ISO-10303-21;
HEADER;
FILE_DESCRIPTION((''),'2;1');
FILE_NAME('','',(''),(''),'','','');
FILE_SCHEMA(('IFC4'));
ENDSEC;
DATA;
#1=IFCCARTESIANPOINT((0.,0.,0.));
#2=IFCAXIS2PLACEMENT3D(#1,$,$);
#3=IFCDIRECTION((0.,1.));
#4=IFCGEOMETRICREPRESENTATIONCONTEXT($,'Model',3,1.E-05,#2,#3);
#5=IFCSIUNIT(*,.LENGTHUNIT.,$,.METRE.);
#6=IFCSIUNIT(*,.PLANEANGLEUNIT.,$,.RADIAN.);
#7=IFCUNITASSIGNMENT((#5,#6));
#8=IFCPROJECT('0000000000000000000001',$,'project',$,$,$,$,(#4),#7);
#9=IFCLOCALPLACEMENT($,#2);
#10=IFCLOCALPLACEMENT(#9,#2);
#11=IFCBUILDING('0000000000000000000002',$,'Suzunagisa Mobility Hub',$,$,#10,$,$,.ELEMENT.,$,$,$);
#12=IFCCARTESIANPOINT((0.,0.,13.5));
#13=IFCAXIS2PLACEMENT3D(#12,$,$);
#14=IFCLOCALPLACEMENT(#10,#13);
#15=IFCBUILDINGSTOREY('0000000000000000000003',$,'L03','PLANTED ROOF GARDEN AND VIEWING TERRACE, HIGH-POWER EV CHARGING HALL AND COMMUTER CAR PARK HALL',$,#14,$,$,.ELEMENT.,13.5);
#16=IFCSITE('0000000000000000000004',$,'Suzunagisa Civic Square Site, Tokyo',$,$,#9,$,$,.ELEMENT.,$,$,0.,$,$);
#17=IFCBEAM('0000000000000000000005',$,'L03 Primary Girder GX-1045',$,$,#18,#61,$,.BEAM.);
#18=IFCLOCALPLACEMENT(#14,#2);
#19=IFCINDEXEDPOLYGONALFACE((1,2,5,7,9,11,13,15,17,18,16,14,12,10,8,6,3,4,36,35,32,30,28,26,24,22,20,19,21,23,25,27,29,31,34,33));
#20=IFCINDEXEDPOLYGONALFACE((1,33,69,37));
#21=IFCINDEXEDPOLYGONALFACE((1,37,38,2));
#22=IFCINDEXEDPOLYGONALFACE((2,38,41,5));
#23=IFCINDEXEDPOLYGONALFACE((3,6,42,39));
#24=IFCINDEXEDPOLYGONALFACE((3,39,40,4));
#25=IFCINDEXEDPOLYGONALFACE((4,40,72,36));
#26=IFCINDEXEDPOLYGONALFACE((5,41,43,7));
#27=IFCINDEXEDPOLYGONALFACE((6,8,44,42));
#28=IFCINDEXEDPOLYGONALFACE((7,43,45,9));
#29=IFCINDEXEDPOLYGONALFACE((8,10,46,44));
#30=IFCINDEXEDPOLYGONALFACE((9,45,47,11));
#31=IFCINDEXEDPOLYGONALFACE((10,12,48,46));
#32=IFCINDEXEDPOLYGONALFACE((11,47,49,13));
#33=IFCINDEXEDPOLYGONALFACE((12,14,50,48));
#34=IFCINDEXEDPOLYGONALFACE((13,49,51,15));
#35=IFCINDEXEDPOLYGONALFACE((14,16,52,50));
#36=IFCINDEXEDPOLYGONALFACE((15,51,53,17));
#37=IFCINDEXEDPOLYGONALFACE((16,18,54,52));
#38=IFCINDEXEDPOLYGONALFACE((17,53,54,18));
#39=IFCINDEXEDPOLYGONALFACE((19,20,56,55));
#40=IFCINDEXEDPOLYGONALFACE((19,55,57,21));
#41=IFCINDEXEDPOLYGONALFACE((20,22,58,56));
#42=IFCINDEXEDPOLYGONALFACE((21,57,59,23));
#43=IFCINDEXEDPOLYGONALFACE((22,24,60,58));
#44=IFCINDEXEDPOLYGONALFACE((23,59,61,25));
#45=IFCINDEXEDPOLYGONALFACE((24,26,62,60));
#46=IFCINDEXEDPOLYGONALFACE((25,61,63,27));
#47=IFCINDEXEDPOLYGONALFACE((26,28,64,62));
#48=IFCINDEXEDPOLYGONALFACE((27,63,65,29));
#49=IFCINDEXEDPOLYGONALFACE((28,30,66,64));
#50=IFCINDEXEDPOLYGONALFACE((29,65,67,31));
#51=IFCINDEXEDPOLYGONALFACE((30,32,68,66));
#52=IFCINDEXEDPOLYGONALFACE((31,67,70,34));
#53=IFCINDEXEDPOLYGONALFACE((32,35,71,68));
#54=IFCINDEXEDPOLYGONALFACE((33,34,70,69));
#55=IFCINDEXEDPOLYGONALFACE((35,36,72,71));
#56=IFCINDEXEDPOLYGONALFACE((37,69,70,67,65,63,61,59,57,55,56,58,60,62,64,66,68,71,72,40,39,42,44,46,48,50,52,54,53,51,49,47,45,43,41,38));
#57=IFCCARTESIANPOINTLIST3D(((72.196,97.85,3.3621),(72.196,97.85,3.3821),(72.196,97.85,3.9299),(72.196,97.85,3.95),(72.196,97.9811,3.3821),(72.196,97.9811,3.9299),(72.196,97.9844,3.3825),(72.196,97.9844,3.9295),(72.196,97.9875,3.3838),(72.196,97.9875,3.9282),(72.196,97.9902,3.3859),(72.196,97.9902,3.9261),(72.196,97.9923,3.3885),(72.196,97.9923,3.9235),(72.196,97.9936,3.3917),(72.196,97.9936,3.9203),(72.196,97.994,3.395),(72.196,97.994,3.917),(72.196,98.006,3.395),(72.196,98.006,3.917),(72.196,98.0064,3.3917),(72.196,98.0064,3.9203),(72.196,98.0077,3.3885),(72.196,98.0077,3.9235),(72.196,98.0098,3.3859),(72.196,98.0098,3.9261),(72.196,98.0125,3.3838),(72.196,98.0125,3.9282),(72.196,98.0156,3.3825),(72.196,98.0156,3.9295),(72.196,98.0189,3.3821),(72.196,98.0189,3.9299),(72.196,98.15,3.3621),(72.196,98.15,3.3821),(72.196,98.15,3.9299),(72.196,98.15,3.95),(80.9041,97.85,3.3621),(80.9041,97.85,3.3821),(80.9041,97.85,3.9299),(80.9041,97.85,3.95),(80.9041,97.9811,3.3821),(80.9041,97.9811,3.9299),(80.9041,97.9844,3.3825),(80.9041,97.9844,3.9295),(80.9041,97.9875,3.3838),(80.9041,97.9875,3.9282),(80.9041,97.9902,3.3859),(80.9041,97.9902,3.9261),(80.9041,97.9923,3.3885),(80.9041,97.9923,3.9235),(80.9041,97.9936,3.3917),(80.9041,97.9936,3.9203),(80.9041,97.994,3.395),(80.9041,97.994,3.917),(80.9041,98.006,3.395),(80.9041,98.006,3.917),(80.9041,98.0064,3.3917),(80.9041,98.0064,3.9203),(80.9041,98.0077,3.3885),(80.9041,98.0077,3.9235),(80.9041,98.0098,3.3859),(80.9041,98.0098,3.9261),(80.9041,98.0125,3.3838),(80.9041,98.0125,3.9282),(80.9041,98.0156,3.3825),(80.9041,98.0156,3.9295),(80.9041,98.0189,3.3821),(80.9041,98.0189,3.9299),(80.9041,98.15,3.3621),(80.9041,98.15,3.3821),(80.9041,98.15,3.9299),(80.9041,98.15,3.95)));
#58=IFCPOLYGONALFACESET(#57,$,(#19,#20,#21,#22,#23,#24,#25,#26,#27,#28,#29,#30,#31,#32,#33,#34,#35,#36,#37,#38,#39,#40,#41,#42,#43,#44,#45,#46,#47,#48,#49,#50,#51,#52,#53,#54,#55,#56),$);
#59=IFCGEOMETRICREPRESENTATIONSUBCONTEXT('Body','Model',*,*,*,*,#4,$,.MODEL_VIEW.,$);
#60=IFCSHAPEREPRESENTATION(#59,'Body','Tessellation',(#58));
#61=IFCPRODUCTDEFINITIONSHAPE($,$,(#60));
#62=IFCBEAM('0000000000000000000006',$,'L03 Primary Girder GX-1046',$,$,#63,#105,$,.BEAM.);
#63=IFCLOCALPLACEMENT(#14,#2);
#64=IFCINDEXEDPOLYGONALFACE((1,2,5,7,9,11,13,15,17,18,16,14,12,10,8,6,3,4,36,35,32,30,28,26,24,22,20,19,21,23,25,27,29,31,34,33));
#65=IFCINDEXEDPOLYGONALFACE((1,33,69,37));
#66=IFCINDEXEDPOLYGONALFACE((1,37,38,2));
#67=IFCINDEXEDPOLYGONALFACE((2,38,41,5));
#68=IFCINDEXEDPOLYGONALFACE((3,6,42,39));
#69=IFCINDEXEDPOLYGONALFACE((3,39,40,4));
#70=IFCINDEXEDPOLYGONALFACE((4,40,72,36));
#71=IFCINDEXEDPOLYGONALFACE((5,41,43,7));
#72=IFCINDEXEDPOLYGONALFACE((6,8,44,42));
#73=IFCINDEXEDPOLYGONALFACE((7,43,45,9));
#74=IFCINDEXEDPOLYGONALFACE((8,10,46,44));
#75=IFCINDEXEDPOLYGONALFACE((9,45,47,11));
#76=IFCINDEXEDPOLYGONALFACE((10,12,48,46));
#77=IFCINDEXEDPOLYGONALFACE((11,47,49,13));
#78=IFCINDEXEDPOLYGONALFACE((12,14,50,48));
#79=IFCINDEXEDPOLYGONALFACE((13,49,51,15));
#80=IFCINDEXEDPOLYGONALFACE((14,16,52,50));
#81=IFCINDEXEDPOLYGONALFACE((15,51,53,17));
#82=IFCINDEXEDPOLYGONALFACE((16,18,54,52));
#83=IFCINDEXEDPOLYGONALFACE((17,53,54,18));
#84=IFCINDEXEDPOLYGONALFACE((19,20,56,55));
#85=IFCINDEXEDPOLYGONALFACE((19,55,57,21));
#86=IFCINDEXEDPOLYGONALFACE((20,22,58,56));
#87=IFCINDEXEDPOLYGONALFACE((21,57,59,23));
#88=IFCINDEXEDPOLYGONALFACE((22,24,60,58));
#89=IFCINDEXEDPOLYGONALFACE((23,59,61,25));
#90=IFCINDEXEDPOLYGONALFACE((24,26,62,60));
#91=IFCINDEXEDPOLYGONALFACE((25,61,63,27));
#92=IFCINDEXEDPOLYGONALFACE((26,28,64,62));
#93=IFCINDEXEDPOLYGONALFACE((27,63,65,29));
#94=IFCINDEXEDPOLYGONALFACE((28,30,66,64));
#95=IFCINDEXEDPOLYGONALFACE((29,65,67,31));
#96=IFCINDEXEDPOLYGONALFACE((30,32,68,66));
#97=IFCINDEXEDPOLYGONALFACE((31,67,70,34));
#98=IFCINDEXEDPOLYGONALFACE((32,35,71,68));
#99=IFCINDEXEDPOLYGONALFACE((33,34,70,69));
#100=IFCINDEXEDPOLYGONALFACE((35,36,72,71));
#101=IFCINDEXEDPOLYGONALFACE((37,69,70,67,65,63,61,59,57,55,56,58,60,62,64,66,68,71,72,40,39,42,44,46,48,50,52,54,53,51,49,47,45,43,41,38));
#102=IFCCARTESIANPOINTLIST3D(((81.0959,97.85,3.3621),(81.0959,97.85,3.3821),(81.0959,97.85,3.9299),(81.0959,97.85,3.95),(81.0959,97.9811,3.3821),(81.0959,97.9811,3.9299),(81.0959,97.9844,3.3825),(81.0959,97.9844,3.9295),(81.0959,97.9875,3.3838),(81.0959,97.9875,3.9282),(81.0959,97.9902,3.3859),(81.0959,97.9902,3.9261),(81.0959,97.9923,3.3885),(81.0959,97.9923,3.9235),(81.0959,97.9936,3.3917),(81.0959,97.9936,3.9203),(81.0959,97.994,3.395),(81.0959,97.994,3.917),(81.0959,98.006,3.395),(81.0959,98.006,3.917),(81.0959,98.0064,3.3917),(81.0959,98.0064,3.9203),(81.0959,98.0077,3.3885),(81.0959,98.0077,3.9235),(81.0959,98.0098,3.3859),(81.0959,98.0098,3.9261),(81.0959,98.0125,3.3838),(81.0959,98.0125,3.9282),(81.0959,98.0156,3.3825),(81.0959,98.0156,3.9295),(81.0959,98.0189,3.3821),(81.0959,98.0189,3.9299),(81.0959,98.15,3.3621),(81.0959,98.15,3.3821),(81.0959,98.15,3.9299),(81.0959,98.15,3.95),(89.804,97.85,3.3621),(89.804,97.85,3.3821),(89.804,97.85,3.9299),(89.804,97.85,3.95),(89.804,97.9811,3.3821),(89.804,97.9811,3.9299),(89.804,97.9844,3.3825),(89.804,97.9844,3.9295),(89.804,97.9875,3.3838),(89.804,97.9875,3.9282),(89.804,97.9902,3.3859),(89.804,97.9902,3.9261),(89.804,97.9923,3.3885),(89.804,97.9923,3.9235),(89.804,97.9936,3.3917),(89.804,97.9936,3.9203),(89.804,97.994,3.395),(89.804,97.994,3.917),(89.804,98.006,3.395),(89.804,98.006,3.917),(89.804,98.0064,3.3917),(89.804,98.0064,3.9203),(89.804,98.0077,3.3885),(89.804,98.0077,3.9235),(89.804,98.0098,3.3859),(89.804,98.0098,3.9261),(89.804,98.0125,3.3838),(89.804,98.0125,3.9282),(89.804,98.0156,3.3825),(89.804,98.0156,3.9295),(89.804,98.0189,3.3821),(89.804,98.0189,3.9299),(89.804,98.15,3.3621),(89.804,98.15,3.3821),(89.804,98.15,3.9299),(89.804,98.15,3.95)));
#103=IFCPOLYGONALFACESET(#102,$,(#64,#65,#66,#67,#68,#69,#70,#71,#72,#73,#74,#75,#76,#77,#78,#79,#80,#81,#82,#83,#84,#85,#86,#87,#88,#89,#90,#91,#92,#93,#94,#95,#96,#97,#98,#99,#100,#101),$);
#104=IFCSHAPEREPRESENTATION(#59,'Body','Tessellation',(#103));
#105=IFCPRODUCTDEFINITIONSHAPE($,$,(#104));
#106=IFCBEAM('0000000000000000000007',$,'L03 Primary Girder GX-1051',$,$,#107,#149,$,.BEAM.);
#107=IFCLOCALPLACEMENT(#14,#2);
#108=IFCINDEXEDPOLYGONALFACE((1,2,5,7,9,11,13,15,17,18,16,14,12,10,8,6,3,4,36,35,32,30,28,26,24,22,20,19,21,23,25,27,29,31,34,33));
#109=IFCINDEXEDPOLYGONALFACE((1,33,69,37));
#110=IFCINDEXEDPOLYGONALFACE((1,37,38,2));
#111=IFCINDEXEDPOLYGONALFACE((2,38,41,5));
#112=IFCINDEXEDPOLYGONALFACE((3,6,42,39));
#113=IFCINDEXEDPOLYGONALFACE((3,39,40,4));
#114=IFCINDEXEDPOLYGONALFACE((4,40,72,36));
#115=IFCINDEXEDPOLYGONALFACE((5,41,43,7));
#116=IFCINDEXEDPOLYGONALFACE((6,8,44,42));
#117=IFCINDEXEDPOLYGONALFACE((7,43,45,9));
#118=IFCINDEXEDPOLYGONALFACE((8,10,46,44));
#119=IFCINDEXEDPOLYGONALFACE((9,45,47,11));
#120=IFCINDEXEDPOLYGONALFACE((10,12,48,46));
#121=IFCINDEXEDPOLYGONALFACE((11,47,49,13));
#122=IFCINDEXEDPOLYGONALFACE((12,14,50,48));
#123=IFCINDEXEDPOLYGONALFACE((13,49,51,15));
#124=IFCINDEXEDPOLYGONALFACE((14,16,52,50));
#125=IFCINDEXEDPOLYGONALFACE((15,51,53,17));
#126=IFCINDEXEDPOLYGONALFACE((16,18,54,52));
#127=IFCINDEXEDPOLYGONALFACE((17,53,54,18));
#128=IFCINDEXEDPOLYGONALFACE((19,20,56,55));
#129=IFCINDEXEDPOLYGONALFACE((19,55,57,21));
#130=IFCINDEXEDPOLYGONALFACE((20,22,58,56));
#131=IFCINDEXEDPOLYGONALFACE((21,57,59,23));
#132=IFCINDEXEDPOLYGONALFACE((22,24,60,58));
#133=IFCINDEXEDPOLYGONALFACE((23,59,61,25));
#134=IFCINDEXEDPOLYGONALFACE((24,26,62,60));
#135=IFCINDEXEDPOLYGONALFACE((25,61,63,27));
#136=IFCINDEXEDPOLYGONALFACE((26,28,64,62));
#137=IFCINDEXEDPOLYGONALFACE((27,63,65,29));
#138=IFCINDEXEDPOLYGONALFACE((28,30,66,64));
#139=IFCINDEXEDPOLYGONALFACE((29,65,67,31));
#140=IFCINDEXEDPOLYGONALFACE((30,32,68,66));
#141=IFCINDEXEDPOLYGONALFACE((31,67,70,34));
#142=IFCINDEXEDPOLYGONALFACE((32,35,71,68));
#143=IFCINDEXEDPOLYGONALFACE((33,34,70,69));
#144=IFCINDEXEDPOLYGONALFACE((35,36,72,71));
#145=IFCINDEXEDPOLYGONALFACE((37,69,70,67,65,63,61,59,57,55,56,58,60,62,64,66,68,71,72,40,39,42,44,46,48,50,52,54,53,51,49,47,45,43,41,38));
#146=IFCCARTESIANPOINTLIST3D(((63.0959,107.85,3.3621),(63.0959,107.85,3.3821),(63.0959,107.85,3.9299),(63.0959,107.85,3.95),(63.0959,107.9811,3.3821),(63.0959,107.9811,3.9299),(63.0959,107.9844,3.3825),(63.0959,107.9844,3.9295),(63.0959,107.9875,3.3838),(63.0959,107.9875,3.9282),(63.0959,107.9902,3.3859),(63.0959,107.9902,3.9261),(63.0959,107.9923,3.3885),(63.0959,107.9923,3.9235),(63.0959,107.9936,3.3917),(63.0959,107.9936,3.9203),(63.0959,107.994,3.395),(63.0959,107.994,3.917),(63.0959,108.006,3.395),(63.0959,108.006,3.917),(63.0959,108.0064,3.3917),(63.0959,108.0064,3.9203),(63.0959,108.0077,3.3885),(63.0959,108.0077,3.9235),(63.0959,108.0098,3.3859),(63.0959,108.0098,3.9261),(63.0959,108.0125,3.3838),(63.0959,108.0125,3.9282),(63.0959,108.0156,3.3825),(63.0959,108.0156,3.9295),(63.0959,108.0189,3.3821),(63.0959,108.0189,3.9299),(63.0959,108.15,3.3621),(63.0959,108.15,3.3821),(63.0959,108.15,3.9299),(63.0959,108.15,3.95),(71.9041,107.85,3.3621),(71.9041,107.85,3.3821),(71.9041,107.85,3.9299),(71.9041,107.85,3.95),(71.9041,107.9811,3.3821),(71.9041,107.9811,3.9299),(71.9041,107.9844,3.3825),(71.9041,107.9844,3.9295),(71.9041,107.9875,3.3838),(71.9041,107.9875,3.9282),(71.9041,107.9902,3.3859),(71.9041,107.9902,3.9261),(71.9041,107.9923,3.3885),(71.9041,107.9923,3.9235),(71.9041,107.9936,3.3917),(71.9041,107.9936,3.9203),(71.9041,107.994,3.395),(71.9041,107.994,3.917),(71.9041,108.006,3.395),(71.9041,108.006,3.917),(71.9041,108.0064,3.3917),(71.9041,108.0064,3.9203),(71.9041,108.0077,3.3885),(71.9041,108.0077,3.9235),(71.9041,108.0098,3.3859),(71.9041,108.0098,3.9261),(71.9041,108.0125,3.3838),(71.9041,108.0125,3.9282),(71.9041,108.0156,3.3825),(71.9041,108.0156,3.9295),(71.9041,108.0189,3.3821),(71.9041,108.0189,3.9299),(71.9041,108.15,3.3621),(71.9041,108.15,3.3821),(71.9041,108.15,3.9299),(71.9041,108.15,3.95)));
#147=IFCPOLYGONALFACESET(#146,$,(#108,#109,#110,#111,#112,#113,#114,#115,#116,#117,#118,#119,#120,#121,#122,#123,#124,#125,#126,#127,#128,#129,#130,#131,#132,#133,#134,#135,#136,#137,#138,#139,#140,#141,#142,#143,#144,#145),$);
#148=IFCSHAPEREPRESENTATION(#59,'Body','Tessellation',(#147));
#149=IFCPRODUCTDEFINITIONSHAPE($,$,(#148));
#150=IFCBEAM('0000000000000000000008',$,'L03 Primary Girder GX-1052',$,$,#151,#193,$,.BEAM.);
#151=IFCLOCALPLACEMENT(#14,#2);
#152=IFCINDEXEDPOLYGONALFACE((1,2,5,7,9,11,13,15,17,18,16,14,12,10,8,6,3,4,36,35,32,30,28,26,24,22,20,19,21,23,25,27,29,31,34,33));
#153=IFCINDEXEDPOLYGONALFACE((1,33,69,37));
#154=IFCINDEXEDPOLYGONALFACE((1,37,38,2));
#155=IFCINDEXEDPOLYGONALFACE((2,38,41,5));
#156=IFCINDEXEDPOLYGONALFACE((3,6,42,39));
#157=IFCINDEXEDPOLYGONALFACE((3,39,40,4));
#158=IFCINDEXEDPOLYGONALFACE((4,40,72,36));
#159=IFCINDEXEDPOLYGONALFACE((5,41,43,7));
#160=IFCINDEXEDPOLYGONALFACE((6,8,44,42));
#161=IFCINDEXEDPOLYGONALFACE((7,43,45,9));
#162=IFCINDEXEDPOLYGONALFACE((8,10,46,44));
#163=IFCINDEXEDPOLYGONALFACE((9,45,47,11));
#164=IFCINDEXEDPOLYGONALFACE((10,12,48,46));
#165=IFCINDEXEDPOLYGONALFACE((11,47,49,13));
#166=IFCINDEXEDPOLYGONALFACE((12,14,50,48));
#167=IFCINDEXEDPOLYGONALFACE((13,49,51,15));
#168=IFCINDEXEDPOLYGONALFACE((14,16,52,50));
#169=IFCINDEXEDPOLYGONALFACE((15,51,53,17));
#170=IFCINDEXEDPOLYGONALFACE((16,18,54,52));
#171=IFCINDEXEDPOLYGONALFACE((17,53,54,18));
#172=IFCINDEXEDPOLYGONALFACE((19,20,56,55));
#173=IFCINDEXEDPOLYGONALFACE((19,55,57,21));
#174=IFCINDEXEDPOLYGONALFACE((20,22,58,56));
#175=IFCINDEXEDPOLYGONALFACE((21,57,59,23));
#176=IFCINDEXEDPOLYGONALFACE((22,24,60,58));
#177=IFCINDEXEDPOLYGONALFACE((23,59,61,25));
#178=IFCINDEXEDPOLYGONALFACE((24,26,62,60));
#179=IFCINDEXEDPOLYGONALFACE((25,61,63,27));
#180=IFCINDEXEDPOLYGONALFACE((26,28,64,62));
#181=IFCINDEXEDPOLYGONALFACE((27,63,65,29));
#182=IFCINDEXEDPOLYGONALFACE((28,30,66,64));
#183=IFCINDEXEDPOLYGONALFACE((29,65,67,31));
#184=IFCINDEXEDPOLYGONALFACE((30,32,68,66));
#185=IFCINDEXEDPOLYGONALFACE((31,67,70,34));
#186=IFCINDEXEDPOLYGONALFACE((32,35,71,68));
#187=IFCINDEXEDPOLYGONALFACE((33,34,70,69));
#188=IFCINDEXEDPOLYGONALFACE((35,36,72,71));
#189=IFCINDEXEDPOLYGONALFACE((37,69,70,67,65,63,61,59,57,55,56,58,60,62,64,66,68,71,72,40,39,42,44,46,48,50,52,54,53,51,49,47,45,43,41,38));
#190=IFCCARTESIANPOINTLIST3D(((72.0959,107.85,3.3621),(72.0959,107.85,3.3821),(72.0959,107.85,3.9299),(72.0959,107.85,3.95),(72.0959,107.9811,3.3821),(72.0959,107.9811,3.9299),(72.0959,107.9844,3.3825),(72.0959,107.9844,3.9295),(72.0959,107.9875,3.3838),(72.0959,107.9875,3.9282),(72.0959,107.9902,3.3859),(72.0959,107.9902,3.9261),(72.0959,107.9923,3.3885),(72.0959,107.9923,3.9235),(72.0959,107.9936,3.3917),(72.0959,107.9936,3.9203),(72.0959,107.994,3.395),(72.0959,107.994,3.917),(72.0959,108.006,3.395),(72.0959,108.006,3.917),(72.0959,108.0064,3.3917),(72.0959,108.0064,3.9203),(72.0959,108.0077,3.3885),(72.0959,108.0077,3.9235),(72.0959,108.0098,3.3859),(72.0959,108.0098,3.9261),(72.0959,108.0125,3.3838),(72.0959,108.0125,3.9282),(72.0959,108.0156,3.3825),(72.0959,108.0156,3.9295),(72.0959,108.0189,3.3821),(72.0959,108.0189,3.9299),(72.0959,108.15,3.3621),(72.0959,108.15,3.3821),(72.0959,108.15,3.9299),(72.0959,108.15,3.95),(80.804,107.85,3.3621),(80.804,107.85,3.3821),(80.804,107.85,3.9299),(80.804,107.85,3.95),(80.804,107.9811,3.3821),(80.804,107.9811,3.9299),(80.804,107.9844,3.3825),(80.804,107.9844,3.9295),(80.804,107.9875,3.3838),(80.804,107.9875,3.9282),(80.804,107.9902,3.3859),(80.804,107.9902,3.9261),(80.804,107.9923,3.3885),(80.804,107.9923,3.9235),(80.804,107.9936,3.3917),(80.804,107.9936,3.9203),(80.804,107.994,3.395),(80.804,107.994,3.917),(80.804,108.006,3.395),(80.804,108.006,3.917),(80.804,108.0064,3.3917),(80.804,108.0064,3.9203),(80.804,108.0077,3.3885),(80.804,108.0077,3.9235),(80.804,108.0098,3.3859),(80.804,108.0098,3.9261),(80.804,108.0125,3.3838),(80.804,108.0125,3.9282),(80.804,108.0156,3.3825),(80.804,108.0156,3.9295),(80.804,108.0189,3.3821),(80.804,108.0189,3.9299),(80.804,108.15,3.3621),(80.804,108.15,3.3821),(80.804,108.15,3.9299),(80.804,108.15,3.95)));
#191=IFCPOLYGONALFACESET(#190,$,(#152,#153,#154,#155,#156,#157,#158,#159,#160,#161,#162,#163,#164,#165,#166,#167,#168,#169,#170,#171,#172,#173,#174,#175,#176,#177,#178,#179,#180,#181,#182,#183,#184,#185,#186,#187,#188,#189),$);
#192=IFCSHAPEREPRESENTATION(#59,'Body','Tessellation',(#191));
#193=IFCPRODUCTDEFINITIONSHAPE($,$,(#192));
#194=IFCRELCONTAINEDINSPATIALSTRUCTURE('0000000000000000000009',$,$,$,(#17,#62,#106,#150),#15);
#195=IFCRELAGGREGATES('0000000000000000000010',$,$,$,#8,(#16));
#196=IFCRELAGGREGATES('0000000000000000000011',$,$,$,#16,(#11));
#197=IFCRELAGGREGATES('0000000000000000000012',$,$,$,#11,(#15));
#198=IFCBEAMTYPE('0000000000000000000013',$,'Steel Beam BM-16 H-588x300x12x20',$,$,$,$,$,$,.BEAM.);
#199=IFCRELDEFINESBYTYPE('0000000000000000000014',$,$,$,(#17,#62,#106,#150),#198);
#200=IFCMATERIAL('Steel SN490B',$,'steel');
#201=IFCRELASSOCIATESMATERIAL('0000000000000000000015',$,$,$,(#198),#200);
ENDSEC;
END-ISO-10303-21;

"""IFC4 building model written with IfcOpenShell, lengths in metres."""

from ifc_helpers import new_model, si_unit, direction, frame, origin, origin_2d, place, context, subcontext, project, spatial, i_section, extrude, material, material_profile, profile_set, type_object, element, save


model = new_model("IFC4")

# Units and contexts
model_context = context("Model", 3, precision=1e-05, world=origin(), true_north=direction((0.0, 1.0)))
body_context = subcontext(model_context, "Body", "Model", "MODEL_VIEW")
ifc_project = project(units=[si_unit("LENGTHUNIT", "METRE"), si_unit("PLANEANGLEUNIT", "RADIAN")], contexts=[model_context])

# Site, building, storey
site_placement = place(None, origin())
site = spatial("IfcSite", under=ifc_project, at=site_placement, Name="Suzunagisa Civic Square Site, Tokyo", CompositionType="ELEMENT", RefElevation=0.0)
building_placement = place(site_placement, origin())
building = spatial("IfcBuilding", under=site, at=building_placement, Name="Suzunagisa Mobility Hub", CompositionType="ELEMENT")
storey_placement = place(building_placement, frame((0.0, 0.0, 13.5)))
storey = spatial("IfcBuildingStorey", under=building, at=storey_placement, Name="L03", Description="PLANTED ROOF GARDEN AND VIEWING TERRACE, HIGH-POWER EV CHARGING HALL AND COMMUTER CAR PARK HALL", CompositionType="ELEMENT", Elevation=13.5)

# Shared definitions
ifc_material_1 = material(Name="Steel SN490B", Category="steel")

# Beams
ifc_material_profile_1 = material_profile(ifc_material_1, i_section(OverallWidth=0.3, OverallDepth=0.5879, WebThickness=0.012, FlangeThickness=0.02, FilletRadius=0.0129, at=origin_2d()), Name="H-588x300x12x20")
ifc_profile_set_1 = profile_set([ifc_material_profile_1], Name="Steel SN490B")
beam_type_1 = type_object("IfcBeamType", Name="Steel Beam BM-16 H-588x300x12x20", PredefinedType="BEAM", material=ifc_profile_set_1)
for number, where, z_axis, x_axis, name in (
    (1, (72.196, 98.0, 3.656), (1.0, 0.0, 0.0), (0.0, 1.0, 0.0), "L03 Primary Girder GX-1045"),
    (2, (81.0959, 98.0, 3.656), (1.0, 0.0, 0.0), (0.0, 1.0, 0.0), "L03 Primary Girder GX-1046"),
):
    element("IfcBeam", number, at=place(storey_placement, frame(where, z_axis=z_axis, x_axis=x_axis)), inside=storey, type_object=beam_type_1, Name=name, PredefinedType="BEAM", context=body_context, shape_type="SweptSolid", body=[
        extrude(i_section(OverallWidth=0.3, OverallDepth=0.5879, WebThickness=0.012, FlangeThickness=0.02, FilletRadius=0.0129, at=origin_2d()), origin(), (0.0, 0.0, 1.0), 8.708),
    ])
beam_1_placement = place(storey_placement, frame((63.0959, 108.0, 3.656), z_axis=(1.0, 0.0, 0.0), x_axis=(0.0, 1.0, 0.0)))
element("IfcBeam", 3, at=beam_1_placement, inside=storey, type_object=beam_type_1, Name="L03 Primary Girder GX-1051", PredefinedType="BEAM", context=body_context, shape_type="SweptSolid", body=[
    extrude(i_section(OverallWidth=0.3, OverallDepth=0.5879, WebThickness=0.012, FlangeThickness=0.02, FilletRadius=0.0129, at=origin_2d()), origin(), (0.0, 0.0, 1.0), 8.8081),
])
for number, where, z_axis, x_axis, name in (
    (4, (72.0959, 108.0, 3.656), (1.0, 0.0, 0.0), (0.0, 1.0, 0.0), "L03 Primary Girder GX-1052"),
):
    element("IfcBeam", number, at=place(storey_placement, frame(where, z_axis=z_axis, x_axis=x_axis)), inside=storey, type_object=beam_type_1, Name=name, PredefinedType="BEAM", context=body_context, shape_type="SweptSolid", body=[
        extrude(i_section(OverallWidth=0.3, OverallDepth=0.5879, WebThickness=0.012, FlangeThickness=0.02, FilletRadius=0.0129, at=origin_2d()), origin(), (0.0, 0.0, 1.0), 8.708),
    ])

save(model, "model.ifc")
